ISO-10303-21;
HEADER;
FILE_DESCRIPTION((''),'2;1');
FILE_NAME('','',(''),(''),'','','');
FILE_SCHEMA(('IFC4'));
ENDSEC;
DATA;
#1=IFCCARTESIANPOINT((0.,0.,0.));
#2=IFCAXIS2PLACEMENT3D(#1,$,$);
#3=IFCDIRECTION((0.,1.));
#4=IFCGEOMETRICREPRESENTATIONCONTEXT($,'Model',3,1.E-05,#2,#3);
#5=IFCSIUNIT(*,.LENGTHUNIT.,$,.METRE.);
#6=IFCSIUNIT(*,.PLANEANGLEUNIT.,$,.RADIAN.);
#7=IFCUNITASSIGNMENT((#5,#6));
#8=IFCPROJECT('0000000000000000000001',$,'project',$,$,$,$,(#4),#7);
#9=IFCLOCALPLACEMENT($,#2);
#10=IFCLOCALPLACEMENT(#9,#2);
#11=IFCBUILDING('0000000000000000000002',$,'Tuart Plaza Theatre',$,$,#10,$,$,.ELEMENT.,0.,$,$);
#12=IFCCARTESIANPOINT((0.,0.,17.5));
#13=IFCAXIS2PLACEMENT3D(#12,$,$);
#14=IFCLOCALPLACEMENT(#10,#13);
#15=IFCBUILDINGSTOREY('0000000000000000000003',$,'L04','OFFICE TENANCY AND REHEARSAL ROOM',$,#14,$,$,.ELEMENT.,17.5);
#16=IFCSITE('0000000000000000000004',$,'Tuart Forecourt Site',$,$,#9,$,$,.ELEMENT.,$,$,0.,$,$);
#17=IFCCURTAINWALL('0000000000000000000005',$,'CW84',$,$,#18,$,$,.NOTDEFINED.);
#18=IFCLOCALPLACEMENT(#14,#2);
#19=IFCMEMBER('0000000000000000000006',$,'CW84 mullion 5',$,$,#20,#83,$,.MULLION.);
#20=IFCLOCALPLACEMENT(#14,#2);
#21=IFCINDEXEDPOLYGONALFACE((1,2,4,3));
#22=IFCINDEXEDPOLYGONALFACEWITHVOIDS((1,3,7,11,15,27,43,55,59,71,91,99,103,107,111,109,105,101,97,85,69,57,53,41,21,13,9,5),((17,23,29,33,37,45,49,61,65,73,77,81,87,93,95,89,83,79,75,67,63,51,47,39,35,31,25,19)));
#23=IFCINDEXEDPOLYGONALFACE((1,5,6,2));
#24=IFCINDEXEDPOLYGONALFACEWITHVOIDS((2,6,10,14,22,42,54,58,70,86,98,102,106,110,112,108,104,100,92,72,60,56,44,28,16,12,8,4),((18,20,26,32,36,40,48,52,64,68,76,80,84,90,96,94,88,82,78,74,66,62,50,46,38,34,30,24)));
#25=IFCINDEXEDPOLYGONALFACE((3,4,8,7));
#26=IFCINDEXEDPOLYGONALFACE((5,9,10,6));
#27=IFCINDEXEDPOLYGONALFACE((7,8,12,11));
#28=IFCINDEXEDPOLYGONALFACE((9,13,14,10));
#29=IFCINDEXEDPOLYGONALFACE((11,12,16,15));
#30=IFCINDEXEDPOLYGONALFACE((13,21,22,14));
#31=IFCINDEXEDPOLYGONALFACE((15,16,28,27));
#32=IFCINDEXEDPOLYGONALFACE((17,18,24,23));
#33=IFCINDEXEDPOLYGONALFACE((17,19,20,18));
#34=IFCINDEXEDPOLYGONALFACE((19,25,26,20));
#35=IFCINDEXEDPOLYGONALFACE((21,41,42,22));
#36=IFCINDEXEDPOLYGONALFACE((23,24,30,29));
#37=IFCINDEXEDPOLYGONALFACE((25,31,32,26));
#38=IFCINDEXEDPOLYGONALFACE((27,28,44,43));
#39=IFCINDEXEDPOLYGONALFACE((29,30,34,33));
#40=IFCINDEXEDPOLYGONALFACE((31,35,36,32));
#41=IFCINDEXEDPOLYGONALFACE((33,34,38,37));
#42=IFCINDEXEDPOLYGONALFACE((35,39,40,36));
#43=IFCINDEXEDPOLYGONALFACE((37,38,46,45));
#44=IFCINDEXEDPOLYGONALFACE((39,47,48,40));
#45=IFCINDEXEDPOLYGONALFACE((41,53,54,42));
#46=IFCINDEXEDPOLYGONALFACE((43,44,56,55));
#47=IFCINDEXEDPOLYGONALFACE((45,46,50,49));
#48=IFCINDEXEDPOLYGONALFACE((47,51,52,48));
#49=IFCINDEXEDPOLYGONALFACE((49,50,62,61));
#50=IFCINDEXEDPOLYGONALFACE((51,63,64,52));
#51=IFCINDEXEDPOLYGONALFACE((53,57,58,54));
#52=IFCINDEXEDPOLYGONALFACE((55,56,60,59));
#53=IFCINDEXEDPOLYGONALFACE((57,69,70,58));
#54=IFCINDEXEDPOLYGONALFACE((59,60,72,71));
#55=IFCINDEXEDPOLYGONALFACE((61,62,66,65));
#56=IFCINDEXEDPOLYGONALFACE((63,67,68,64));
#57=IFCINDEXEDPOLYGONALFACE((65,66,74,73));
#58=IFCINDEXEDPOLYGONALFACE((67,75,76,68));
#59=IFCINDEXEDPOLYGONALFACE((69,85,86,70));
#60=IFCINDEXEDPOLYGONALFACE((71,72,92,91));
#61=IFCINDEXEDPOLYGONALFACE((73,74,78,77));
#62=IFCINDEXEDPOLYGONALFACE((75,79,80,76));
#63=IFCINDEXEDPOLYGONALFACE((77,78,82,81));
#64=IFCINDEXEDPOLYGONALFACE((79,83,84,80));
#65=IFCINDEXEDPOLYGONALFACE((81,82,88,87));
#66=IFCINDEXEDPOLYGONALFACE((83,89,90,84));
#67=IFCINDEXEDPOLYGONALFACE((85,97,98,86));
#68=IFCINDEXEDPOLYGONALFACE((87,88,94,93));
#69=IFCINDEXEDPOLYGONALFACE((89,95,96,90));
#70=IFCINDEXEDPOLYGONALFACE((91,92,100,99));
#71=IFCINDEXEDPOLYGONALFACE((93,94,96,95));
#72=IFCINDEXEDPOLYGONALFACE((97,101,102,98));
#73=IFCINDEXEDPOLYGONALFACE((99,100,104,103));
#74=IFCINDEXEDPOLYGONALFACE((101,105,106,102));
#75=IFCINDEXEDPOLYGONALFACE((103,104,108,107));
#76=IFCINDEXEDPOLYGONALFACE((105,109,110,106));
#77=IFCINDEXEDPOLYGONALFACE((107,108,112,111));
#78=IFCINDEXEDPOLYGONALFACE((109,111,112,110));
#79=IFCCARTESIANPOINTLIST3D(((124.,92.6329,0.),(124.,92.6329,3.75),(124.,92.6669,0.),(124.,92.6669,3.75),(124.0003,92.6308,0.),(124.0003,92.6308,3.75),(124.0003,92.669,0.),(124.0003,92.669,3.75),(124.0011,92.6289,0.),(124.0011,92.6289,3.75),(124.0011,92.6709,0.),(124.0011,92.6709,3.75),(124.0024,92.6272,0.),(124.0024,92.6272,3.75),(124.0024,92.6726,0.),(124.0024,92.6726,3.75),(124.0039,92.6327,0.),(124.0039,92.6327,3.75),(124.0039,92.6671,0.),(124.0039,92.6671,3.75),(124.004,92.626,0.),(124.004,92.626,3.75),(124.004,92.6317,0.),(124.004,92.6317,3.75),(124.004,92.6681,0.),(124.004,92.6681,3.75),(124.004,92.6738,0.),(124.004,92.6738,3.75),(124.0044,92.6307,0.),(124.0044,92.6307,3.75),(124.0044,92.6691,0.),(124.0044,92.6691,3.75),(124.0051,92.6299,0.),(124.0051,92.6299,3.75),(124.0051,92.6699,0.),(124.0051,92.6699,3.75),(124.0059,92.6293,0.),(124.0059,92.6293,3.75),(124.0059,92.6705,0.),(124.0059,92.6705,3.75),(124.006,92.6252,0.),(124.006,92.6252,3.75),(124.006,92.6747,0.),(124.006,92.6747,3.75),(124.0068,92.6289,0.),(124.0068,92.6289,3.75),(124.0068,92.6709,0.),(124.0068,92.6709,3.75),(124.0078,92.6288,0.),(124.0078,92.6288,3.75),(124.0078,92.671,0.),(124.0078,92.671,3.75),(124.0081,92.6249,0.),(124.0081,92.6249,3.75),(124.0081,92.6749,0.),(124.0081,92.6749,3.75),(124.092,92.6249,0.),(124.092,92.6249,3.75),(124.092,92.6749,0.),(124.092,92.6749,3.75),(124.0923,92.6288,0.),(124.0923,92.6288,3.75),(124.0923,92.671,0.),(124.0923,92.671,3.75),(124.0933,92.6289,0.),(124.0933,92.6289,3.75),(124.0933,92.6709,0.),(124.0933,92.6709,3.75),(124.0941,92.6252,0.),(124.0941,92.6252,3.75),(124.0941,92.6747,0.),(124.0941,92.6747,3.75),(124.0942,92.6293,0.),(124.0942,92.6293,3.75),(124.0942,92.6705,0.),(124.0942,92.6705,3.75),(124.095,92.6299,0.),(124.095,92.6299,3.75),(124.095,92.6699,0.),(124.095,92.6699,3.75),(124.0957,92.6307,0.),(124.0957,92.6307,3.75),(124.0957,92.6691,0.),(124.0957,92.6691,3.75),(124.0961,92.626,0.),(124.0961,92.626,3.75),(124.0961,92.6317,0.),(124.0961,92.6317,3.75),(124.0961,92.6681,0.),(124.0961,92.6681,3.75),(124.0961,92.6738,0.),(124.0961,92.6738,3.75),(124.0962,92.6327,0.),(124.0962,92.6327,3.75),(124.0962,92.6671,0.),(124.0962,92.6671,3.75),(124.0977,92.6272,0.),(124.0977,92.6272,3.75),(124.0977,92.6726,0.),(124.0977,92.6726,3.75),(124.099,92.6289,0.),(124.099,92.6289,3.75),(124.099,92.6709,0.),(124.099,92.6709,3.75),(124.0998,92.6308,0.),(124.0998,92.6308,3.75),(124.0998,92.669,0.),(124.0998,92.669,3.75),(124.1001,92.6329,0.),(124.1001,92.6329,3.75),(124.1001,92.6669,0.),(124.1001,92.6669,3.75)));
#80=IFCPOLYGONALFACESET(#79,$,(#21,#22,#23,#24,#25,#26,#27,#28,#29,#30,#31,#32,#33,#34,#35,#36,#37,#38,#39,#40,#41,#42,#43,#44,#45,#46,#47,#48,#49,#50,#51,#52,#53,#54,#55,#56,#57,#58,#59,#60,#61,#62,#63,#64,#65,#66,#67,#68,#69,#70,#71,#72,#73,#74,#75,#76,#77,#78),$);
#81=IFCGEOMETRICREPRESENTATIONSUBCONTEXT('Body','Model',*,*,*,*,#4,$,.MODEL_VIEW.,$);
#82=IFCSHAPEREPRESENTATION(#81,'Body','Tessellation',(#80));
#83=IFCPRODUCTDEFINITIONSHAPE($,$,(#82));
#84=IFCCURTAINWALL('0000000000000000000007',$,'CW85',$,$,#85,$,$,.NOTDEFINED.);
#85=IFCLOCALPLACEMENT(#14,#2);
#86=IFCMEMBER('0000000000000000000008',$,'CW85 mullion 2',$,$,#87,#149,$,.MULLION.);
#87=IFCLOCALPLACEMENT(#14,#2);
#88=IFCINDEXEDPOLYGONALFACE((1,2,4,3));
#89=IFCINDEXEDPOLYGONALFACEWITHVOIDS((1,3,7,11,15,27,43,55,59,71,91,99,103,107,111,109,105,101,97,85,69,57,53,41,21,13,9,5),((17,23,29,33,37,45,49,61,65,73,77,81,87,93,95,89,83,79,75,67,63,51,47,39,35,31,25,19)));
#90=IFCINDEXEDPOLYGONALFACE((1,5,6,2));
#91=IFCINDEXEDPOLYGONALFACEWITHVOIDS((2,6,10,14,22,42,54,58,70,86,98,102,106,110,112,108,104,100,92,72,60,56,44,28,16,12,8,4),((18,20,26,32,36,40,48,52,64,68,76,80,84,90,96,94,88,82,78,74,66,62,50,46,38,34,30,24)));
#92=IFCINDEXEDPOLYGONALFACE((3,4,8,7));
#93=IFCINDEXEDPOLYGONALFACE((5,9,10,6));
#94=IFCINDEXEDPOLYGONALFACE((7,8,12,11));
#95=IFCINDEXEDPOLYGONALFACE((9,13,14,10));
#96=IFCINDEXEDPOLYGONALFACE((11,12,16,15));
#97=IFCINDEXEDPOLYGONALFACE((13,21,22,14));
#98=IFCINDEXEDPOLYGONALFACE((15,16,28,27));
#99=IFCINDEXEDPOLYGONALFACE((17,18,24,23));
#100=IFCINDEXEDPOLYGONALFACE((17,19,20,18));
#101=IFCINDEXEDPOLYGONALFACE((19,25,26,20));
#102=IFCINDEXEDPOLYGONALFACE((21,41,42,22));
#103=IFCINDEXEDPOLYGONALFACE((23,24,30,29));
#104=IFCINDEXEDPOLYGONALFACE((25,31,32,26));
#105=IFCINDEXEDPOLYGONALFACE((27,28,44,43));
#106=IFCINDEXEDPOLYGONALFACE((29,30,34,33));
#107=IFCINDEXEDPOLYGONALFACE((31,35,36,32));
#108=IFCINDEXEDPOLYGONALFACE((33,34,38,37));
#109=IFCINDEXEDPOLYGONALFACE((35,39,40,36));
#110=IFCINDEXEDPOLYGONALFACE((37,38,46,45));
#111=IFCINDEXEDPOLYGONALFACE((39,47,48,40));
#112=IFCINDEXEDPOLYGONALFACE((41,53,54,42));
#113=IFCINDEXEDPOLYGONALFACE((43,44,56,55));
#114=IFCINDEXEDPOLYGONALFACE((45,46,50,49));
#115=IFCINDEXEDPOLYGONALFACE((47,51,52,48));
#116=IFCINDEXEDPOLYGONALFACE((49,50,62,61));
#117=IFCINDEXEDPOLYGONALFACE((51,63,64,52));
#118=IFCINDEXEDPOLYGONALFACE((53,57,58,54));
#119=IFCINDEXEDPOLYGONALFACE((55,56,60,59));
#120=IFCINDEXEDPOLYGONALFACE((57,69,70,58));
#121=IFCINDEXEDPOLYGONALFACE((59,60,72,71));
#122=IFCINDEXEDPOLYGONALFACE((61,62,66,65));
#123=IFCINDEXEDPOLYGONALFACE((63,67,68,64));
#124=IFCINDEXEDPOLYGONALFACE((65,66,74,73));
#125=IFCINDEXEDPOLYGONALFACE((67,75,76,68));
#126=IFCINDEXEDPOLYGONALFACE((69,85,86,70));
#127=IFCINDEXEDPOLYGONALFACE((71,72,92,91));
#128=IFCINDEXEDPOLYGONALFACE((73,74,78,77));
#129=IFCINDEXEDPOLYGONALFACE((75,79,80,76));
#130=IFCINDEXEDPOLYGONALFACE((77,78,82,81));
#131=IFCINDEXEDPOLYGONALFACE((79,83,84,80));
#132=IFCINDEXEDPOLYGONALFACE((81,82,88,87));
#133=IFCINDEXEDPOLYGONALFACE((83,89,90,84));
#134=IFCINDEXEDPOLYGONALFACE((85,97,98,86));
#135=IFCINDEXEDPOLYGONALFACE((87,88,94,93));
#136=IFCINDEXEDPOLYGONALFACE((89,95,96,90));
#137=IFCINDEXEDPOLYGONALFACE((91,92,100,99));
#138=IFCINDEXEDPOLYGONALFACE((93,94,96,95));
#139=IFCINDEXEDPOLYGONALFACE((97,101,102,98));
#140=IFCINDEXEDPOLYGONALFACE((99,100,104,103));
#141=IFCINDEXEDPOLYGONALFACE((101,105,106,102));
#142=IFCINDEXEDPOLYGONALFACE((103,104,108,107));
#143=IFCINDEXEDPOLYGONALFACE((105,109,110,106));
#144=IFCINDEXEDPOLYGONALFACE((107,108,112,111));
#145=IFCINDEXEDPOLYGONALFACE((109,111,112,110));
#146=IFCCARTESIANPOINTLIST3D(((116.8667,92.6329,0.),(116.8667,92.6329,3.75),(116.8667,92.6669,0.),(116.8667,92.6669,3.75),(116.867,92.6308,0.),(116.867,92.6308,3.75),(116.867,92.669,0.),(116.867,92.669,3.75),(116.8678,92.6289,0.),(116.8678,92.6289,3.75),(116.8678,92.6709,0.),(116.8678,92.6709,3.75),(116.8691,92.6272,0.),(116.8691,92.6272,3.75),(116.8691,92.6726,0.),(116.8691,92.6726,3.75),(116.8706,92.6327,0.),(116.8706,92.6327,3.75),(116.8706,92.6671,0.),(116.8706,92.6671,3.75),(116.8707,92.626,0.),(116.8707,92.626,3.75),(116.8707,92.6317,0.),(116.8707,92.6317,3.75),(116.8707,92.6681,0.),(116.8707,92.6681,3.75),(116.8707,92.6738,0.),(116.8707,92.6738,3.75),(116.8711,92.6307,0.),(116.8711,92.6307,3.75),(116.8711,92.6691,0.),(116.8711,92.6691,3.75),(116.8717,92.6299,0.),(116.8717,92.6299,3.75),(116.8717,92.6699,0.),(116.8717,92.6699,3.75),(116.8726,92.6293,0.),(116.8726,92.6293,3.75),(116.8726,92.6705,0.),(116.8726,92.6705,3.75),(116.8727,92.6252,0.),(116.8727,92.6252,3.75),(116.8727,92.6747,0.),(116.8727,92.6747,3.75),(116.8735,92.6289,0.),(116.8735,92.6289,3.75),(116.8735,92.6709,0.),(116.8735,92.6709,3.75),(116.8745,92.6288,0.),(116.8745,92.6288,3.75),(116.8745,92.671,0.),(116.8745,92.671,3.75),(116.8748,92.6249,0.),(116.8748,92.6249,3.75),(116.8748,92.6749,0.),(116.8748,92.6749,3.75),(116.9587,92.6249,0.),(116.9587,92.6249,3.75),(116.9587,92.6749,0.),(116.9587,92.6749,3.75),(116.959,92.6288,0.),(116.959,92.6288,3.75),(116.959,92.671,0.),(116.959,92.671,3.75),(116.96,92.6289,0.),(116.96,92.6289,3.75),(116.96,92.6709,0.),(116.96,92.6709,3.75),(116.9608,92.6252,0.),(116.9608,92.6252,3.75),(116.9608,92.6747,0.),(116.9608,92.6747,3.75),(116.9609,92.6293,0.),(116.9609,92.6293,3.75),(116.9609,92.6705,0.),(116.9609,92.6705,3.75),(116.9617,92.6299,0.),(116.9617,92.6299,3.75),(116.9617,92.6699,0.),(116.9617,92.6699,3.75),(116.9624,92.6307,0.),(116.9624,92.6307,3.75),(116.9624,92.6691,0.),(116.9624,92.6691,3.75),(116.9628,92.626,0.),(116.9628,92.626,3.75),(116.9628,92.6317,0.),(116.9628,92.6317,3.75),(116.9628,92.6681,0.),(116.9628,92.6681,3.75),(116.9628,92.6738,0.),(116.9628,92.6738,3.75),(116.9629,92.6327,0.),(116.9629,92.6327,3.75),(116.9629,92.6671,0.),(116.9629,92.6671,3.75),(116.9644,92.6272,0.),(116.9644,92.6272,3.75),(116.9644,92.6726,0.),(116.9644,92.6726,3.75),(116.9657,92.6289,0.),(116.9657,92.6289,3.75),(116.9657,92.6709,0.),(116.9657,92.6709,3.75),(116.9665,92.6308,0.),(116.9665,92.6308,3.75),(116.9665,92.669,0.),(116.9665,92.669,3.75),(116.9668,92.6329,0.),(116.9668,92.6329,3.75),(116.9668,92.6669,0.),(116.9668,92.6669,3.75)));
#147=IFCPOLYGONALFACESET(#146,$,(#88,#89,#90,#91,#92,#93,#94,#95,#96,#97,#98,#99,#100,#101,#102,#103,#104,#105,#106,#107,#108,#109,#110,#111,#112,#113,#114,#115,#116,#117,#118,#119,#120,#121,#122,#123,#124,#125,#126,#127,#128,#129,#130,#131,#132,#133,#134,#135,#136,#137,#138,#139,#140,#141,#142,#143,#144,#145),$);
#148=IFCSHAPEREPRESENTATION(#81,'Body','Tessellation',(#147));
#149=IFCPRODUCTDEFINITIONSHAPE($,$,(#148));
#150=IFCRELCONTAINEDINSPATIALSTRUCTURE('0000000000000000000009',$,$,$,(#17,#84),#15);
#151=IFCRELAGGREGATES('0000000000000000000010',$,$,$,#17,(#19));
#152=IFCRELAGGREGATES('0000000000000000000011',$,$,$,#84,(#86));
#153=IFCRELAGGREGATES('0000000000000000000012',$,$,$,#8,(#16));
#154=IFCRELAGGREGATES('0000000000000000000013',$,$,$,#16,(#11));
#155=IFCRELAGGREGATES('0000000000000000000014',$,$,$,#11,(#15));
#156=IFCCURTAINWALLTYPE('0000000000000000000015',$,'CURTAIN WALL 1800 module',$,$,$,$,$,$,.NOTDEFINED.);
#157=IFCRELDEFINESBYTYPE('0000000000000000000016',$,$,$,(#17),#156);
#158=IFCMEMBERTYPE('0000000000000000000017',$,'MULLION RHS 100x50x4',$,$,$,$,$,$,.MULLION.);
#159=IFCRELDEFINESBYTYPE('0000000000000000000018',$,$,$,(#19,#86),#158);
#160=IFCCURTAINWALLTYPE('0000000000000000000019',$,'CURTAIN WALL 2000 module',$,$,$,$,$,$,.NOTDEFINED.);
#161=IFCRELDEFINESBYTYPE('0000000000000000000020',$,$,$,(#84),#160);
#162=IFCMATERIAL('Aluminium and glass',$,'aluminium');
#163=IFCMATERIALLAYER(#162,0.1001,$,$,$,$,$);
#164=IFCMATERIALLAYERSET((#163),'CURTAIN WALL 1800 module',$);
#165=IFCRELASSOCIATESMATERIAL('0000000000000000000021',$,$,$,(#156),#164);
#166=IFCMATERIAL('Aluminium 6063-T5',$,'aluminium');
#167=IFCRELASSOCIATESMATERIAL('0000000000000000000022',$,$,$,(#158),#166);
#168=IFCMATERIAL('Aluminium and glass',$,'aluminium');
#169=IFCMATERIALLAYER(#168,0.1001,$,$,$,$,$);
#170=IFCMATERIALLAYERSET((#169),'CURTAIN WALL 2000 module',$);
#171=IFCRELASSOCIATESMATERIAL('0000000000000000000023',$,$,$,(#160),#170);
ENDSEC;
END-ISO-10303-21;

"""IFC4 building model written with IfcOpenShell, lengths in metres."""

from ifc_helpers import new_model, si_unit, direction, frame, origin, origin_2d, place, context, subcontext, project, spatial, hollow_rectangle, extrude, material, layer, layer_set, material_profile, profile_set, type_object, element, aggregate, save


model = new_model("IFC4")

# Units and contexts
model_context = context("Model", 3, precision=1e-05, world=origin(), true_north=direction((0.0, 1.0)))
body_context = subcontext(model_context, "Body", "Model", "MODEL_VIEW")
ifc_project = project(units=[si_unit("LENGTHUNIT", "METRE"), si_unit("PLANEANGLEUNIT", "RADIAN")], contexts=[model_context])

# Site, building, storey
site_placement = place(None, origin())
site = spatial("IfcSite", under=ifc_project, at=site_placement, Name="Tuart Forecourt Site", CompositionType="ELEMENT", RefElevation=0.0)
building_placement = place(site_placement, origin())
building = spatial("IfcBuilding", under=site, at=building_placement, Name="Tuart Plaza Theatre", CompositionType="ELEMENT", ElevationOfRefHeight=0.0)
storey_placement = place(building_placement, frame((0.0, 0.0, 17.5)))
storey = spatial("IfcBuildingStorey", under=building, at=storey_placement, Name="L04", Description="OFFICE TENANCY AND REHEARSAL ROOM", CompositionType="ELEMENT", Elevation=17.5)

# Curtain walls, members
ifc_material_1 = material(Name="Aluminium and glass", Category="aluminium")
ifc_layer_1 = layer(ifc_material_1, 0.1001)
ifc_layer_set_1 = layer_set([ifc_layer_1], Name="CURTAIN WALL 1800 module")
curtain_wall_type_1 = type_object("IfcCurtainWallType", Name="CURTAIN WALL 1800 module", PredefinedType="NOTDEFINED", material=ifc_layer_set_1)
curtain_wall_1_placement = place(storey_placement, origin())
curtain_wall_1 = element("IfcCurtainWall", 1, at=curtain_wall_1_placement, inside=storey, type_object=curtain_wall_type_1, Name="CW84", PredefinedType="NOTDEFINED")
ifc_material_2 = material(Name="Aluminium 6063-T5", Category="aluminium")
ifc_material_profile_1 = material_profile(ifc_material_2, hollow_rectangle(XDim=0.05, YDim=0.1001, WallThickness=0.0039, InnerFilletRadius=0.0039, OuterFilletRadius=0.0081, at=origin_2d()), Name="RHS 100x50x4")
ifc_profile_set_1 = profile_set([ifc_material_profile_1], Name="Aluminium 6063-T5")
member_type_1 = type_object("IfcMemberType", Name="MULLION RHS 100x50x4", PredefinedType="MULLION", material=ifc_profile_set_1)
member_1_placement = place(storey_placement, frame((124.05, 92.6499, 0.0), z_axis=(0.0, 0.0, 1.0), x_axis=(0.0, -1.0, 0.0)))
member_1 = element("IfcMember", 2, at=member_1_placement, type_object=member_type_1, Name="CW84 mullion 5", PredefinedType="MULLION", context=body_context, shape_type="SweptSolid", body=[
    extrude(hollow_rectangle(XDim=0.05, YDim=0.1001, WallThickness=0.0039, InnerFilletRadius=0.0039, OuterFilletRadius=0.0081, at=origin_2d()), origin(), (0.0, 0.0, 1.0), 3.75),
])
ifc_material_3 = material(Name="Aluminium and glass", Category="aluminium")
ifc_layer_2 = layer(ifc_material_3, 0.1001)
ifc_layer_set_2 = layer_set([ifc_layer_2], Name="CURTAIN WALL 2000 module")
curtain_wall_type_2 = type_object("IfcCurtainWallType", Name="CURTAIN WALL 2000 module", PredefinedType="NOTDEFINED", material=ifc_layer_set_2)
curtain_wall_2_placement = place(storey_placement, origin())
curtain_wall_2 = element("IfcCurtainWall", 3, at=curtain_wall_2_placement, inside=storey, type_object=curtain_wall_type_2, Name="CW85", PredefinedType="NOTDEFINED")
member_2_placement = place(storey_placement, frame((116.9167, 92.6499, 0.0), z_axis=(0.0, 0.0, 1.0), x_axis=(0.0, -1.0, 0.0)))
member_2 = element("IfcMember", 4, at=member_2_placement, type_object=member_type_1, Name="CW85 mullion 2", PredefinedType="MULLION", context=body_context, shape_type="SweptSolid", body=[
    extrude(hollow_rectangle(XDim=0.05, YDim=0.1001, WallThickness=0.0039, InnerFilletRadius=0.0039, OuterFilletRadius=0.0081, at=origin_2d()), origin(), (0.0, 0.0, 1.0), 3.75),
])

aggregate(curtain_wall_1, [member_1])
aggregate(curtain_wall_2, [member_2])

save(model, "model.ifc")
